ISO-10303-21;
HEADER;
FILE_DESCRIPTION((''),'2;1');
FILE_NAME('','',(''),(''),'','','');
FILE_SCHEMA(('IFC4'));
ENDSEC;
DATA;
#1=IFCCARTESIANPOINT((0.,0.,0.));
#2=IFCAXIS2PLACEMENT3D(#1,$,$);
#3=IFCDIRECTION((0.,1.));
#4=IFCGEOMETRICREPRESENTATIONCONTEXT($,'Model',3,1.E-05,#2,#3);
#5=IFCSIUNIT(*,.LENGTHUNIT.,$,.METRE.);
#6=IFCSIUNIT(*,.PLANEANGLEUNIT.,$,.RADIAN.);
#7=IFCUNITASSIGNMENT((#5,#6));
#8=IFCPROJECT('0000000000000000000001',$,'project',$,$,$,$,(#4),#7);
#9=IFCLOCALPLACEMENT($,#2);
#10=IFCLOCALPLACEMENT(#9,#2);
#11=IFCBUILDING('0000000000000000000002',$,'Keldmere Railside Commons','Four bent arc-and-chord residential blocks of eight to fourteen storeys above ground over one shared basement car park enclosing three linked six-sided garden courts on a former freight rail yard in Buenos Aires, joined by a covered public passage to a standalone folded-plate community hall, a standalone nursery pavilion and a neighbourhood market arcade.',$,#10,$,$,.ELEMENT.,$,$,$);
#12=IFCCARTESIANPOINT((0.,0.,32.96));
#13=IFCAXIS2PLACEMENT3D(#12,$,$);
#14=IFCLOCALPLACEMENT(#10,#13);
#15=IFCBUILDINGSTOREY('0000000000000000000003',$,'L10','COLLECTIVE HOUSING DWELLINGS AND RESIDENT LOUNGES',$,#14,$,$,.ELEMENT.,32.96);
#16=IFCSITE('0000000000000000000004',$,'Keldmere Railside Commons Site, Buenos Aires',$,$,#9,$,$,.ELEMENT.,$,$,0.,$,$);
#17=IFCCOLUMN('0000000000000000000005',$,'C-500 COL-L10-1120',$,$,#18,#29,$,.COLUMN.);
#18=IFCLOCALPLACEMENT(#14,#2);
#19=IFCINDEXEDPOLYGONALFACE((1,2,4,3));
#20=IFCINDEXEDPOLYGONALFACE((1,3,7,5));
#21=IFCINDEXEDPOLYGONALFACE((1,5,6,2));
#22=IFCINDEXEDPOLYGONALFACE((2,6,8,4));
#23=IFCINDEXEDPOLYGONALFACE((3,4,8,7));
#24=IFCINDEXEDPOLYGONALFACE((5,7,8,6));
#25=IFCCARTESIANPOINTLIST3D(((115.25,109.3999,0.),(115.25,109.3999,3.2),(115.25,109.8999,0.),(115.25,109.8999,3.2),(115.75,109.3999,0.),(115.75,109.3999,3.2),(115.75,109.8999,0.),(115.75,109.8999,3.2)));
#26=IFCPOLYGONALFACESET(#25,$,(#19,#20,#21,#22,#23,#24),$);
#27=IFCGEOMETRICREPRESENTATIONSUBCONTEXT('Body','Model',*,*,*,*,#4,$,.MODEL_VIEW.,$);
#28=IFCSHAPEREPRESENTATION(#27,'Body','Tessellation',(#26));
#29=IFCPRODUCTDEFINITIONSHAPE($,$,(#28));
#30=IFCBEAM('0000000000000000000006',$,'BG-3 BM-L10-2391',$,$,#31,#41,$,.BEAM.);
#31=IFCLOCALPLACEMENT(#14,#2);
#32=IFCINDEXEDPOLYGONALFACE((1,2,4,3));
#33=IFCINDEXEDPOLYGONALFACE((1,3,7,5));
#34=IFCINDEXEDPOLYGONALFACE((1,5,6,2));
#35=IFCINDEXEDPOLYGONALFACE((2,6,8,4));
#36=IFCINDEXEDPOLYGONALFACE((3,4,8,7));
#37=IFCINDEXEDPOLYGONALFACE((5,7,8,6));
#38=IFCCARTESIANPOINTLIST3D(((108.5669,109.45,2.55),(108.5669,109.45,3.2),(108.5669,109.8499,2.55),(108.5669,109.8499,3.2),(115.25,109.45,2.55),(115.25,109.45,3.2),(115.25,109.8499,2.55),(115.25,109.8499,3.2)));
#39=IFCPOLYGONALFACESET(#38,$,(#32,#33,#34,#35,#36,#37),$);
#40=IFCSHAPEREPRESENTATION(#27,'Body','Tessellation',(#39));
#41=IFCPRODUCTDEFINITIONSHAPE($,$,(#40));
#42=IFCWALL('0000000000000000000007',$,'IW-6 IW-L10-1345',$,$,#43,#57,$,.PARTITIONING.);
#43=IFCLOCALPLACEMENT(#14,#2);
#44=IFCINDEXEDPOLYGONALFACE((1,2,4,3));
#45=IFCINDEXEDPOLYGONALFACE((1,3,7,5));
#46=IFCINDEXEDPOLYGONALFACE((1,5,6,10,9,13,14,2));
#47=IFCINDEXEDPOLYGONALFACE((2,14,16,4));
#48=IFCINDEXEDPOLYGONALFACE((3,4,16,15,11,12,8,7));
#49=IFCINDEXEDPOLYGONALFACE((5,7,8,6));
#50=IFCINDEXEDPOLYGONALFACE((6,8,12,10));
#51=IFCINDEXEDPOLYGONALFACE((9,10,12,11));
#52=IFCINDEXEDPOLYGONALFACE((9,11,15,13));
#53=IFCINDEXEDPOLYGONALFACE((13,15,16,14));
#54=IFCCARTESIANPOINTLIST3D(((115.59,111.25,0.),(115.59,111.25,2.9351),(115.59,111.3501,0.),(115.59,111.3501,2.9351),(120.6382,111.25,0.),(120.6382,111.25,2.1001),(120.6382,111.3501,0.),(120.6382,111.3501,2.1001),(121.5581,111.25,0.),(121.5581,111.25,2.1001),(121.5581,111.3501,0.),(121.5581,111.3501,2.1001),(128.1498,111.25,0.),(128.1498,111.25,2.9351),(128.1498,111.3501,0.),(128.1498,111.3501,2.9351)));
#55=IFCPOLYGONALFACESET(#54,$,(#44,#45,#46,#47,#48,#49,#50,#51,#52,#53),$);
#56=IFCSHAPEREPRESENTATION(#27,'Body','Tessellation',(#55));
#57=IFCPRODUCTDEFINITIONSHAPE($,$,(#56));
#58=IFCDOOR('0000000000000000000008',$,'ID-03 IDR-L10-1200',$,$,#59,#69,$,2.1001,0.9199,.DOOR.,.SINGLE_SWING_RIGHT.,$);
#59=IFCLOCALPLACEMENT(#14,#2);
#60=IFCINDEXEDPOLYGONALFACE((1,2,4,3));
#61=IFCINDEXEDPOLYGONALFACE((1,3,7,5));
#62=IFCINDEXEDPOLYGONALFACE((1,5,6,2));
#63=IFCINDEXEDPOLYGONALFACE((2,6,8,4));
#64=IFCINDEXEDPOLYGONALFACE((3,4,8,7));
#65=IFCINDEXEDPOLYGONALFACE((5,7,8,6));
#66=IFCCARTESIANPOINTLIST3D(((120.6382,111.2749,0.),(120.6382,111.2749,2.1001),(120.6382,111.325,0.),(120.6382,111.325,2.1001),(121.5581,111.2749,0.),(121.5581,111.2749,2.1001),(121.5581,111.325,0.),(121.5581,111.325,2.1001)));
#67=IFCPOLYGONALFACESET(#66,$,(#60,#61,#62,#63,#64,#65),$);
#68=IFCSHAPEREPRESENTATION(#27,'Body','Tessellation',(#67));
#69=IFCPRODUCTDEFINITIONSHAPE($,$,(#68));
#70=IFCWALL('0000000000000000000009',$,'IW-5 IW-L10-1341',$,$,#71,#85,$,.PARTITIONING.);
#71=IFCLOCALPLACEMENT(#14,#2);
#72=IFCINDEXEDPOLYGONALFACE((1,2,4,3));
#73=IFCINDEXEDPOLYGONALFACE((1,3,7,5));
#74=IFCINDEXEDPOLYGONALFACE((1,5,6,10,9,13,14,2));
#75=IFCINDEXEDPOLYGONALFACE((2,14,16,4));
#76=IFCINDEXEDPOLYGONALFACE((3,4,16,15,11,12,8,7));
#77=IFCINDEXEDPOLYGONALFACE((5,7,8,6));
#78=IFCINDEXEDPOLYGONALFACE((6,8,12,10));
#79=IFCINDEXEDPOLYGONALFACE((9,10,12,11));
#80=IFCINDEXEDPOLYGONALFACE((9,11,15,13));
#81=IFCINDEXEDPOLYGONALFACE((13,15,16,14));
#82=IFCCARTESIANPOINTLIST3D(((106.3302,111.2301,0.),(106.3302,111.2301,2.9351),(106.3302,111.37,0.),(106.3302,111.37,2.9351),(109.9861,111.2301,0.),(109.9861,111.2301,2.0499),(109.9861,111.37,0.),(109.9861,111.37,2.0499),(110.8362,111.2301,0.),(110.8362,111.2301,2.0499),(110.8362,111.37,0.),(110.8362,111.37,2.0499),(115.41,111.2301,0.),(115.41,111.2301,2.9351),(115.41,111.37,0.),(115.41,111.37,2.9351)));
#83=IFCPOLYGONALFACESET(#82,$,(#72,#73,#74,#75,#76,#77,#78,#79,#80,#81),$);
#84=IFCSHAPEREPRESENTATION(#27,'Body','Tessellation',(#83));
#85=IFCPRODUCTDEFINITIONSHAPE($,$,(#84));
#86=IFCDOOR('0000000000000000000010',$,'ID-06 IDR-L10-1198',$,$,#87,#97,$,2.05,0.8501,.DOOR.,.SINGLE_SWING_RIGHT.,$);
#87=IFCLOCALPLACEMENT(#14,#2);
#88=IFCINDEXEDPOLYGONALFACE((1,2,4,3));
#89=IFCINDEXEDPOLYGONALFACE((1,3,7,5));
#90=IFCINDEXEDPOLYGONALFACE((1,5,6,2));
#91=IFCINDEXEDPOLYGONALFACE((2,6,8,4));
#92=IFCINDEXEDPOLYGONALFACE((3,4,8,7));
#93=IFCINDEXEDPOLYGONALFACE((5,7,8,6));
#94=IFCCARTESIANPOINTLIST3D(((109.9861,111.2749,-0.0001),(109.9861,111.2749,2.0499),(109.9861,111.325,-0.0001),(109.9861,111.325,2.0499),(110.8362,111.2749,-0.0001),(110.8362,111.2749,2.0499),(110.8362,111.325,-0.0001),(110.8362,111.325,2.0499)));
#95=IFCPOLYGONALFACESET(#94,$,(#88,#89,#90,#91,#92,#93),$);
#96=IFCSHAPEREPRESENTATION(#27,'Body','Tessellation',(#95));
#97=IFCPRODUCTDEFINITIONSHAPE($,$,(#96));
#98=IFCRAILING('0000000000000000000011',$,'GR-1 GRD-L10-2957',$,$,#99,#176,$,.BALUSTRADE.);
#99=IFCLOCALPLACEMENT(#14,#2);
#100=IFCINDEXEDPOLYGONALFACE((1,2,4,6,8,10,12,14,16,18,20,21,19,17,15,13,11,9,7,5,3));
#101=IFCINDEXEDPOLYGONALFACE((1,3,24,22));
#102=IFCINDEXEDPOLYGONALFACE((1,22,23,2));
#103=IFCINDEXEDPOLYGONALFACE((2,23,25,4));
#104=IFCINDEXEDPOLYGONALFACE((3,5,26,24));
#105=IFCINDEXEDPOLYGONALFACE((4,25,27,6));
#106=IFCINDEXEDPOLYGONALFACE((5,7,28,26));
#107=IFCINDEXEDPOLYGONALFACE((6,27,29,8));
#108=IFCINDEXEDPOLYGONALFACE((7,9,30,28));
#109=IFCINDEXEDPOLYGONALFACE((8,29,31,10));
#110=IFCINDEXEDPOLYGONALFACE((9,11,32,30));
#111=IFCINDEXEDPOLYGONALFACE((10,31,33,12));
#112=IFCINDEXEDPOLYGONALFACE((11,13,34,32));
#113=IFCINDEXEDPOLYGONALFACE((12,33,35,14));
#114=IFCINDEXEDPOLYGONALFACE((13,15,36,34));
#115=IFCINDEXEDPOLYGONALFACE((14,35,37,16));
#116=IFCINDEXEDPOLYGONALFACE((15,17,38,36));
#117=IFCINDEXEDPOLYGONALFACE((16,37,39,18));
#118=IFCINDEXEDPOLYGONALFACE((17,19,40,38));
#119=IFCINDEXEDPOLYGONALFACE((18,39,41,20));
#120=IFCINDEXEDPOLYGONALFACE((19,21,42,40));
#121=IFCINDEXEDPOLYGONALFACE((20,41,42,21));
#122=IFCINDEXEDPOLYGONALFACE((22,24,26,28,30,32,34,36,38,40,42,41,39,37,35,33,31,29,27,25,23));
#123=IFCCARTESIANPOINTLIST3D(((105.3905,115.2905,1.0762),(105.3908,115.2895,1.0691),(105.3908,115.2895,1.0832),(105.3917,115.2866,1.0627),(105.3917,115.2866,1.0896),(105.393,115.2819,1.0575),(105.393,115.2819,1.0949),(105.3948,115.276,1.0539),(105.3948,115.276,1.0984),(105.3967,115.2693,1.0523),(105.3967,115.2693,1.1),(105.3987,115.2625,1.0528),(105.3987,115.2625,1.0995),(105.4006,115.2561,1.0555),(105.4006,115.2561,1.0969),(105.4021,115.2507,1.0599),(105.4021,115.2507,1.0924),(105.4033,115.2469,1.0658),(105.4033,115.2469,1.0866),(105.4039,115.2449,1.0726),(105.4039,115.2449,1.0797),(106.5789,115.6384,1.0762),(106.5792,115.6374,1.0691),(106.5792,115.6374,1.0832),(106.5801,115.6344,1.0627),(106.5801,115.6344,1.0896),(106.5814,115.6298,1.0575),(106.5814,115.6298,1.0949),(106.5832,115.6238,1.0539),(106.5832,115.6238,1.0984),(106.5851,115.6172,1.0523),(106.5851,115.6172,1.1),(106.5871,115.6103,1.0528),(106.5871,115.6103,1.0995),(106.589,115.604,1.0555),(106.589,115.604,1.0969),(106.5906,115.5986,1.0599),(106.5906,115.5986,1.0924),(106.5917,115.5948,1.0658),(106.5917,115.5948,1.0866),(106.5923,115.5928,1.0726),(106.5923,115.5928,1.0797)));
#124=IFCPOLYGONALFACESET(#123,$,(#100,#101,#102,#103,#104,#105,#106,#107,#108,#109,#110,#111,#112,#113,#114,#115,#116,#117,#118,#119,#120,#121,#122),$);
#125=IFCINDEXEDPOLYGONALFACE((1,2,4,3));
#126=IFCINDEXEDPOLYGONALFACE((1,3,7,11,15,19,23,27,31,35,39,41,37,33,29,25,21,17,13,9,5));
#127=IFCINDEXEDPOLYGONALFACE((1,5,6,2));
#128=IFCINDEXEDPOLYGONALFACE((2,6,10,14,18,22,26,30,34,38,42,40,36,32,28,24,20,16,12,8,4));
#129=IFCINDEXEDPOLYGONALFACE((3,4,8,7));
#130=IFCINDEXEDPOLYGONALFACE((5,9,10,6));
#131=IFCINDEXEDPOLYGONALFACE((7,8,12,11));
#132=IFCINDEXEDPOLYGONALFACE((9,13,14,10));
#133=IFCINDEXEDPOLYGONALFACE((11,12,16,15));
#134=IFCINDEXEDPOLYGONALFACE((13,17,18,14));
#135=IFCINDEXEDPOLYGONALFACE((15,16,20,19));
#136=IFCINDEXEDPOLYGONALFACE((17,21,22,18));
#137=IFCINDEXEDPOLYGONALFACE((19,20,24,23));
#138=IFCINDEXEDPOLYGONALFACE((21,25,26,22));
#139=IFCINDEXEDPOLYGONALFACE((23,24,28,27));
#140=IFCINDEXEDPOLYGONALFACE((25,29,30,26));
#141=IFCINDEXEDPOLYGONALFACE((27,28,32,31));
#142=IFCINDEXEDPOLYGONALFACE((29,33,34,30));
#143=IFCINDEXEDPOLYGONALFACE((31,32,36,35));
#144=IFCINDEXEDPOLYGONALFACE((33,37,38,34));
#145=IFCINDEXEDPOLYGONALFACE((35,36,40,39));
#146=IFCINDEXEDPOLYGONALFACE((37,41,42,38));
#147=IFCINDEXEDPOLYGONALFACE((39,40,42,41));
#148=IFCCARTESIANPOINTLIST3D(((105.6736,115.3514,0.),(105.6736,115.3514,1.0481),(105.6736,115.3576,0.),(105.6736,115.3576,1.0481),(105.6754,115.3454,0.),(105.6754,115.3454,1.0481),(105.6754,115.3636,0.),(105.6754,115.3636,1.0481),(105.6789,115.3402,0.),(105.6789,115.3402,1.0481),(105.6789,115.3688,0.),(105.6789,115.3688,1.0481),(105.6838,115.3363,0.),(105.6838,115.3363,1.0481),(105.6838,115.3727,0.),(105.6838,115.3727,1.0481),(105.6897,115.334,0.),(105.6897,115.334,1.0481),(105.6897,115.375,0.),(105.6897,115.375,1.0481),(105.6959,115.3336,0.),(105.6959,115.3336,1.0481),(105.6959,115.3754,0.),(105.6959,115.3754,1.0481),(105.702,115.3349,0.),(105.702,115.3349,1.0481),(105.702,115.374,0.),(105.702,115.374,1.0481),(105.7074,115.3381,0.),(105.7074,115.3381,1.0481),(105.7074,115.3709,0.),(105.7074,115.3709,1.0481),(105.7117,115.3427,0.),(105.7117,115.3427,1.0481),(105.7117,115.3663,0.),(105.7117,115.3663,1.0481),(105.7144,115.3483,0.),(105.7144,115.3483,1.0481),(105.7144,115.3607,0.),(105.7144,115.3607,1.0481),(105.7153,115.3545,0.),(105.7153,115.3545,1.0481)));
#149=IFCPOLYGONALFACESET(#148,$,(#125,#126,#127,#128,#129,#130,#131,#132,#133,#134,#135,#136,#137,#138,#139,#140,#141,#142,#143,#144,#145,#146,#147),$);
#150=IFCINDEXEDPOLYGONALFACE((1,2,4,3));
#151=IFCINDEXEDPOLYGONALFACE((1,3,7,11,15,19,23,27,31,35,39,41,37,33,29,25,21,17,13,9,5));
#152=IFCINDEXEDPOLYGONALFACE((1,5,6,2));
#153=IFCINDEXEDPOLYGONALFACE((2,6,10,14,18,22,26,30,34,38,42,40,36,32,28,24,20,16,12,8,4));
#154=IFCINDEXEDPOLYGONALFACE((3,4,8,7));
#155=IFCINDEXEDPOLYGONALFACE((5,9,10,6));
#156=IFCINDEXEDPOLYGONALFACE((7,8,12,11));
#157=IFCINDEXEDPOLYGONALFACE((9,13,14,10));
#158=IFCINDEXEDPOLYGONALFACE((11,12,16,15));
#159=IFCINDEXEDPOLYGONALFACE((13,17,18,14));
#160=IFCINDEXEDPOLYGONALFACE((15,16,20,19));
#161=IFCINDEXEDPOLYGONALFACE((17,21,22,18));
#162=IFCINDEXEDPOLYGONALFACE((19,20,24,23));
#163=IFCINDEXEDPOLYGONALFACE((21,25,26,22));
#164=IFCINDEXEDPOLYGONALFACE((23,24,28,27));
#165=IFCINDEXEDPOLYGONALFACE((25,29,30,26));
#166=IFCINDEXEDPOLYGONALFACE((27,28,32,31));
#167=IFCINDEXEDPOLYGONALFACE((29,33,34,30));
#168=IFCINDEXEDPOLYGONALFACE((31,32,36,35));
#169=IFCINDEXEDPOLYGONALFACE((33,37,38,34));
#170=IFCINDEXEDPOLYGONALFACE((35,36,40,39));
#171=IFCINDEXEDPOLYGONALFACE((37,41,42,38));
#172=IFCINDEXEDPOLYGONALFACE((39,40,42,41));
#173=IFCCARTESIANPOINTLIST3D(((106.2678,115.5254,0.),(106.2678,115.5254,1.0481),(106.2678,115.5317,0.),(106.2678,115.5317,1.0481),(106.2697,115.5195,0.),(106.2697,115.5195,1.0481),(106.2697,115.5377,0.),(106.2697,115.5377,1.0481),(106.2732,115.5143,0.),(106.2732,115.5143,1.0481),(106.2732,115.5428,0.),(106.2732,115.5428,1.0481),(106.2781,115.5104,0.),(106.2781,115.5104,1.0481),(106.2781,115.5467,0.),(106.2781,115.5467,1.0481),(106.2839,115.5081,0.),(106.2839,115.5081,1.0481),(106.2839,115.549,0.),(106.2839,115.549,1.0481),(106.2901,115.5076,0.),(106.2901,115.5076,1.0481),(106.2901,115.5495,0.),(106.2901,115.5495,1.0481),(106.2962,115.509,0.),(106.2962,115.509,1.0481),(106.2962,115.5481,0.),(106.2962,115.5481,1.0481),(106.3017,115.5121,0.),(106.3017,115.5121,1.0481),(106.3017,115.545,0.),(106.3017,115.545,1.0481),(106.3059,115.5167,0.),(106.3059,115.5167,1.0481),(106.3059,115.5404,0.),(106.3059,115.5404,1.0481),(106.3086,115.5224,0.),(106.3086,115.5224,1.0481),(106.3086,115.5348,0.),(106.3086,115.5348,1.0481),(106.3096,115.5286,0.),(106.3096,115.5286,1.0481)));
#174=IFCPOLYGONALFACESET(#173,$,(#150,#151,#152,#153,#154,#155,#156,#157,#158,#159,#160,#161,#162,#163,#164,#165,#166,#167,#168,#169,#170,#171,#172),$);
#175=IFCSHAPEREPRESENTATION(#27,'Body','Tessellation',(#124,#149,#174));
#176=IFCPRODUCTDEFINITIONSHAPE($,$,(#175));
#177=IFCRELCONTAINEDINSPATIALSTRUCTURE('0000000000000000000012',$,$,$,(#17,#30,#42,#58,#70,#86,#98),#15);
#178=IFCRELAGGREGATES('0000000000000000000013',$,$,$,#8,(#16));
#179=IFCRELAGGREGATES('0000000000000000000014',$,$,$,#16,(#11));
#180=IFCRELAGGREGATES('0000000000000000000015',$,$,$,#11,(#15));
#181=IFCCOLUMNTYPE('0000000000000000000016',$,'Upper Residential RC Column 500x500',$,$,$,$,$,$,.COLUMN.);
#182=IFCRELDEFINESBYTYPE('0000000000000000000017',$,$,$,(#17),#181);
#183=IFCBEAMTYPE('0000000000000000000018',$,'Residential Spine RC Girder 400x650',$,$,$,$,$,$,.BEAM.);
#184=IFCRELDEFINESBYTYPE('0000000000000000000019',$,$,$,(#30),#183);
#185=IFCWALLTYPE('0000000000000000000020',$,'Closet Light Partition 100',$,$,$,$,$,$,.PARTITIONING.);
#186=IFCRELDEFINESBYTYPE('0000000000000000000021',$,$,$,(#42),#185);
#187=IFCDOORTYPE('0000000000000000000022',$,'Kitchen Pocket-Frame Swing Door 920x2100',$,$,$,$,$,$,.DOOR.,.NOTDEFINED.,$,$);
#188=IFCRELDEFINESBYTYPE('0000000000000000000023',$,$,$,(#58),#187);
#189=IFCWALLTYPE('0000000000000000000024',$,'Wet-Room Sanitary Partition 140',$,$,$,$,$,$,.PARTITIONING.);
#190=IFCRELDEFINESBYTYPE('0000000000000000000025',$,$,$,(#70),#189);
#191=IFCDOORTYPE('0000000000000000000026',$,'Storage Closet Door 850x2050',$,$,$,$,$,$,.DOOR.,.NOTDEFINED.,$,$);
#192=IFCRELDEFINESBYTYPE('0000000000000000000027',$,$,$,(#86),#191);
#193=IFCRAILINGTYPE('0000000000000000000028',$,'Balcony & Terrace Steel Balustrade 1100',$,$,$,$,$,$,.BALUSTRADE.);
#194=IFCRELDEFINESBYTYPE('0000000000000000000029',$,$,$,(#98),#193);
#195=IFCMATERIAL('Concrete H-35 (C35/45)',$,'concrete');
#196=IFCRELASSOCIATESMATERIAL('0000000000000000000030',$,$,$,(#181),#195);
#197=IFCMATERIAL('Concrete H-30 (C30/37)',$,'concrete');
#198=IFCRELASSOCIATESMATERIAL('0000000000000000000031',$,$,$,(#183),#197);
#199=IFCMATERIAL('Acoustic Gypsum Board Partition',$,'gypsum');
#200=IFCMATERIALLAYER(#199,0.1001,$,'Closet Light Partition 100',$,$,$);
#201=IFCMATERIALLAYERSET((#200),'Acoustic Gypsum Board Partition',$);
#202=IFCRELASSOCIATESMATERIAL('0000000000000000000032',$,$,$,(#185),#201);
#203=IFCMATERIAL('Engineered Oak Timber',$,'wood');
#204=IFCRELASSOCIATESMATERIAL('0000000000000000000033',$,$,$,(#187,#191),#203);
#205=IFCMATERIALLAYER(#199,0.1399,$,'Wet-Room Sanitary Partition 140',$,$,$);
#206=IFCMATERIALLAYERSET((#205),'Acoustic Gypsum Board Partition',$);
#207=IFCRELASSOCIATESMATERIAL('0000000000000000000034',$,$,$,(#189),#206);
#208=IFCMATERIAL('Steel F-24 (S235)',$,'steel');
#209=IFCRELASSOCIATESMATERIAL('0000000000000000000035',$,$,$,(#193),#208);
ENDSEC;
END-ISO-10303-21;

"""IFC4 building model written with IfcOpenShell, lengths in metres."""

from ifc_helpers import new_model, si_unit, direction, frame, frame_2d, origin, origin_2d, place, context, subcontext, project, spatial, rectangle, circle, extrude, material, layer, layer_set, material_profile, profile_set, type_object, element, fill, save


model = new_model("IFC4")

# Units and contexts
model_context = context("Model", 3, precision=1e-05, world=origin(), true_north=direction((0.0, 1.0)))
body_context = subcontext(model_context, "Body", "Model", "MODEL_VIEW")
ifc_project = project(units=[si_unit("LENGTHUNIT", "METRE"), si_unit("PLANEANGLEUNIT", "RADIAN")], contexts=[model_context])

# Site, building, storey
site_placement = place(None, origin())
site = spatial("IfcSite", under=ifc_project, at=site_placement, Name="Keldmere Railside Commons Site, Buenos Aires", CompositionType="ELEMENT", RefElevation=0.0)
building_placement = place(site_placement, origin())
building = spatial("IfcBuilding", under=site, at=building_placement, Name="Keldmere Railside Commons", Description="Four bent arc-and-chord residential blocks of eight to fourteen storeys above ground over one shared basement car park enclosing three linked six-sided garden courts on a former freight rail yard in Buenos Aires, joined by a covered public passage to a standalone folded-plate community hall, a standalone nursery pavilion and a neighbourhood market arcade.", CompositionType="ELEMENT")
storey_placement = place(building_placement, frame((0.0, 0.0, 32.96)))
storey = spatial("IfcBuildingStorey", under=building, at=storey_placement, Name="L10", Description="COLLECTIVE HOUSING DWELLINGS AND RESIDENT LOUNGES", CompositionType="ELEMENT", Elevation=32.96)

# Column
ifc_material_1 = material(Name="Concrete H-35 (C35/45)", Category="concrete")
ifc_material_profile_1 = material_profile(ifc_material_1, rectangle(XDim=0.5, YDim=0.5, at=origin_2d()), Name="RC-500x500")
ifc_profile_set_1 = profile_set([ifc_material_profile_1], Name="Concrete H-35 (C35/45)")
column_type = type_object("IfcColumnType", Name="Upper Residential RC Column 500x500", PredefinedType="COLUMN", material=ifc_profile_set_1)
column_placement = place(storey_placement, frame((115.5, 109.6499, 0.0), z_axis=(0.0, 0.0, 1.0), x_axis=(1.0, 0.0, 0.0)))
element("IfcColumn", 1, at=column_placement, inside=storey, type_object=column_type, Name="C-500 COL-L10-1120", PredefinedType="COLUMN", context=body_context, shape_type="SweptSolid", body=[
    extrude(rectangle(XDim=0.5, YDim=0.5, at=origin_2d()), origin(), (0.0, 0.0, 1.0), 3.2),
])

# Beam
ifc_material_2 = material(Name="Concrete H-30 (C30/37)", Category="concrete")
ifc_material_profile_2 = material_profile(ifc_material_2, rectangle(XDim=0.3999, YDim=0.6499, at=origin_2d()), Name="RC-400x650")
ifc_profile_set_2 = profile_set([ifc_material_profile_2], Name="Concrete H-30 (C30/37)")
beam_type = type_object("IfcBeamType", Name="Residential Spine RC Girder 400x650", PredefinedType="BEAM", material=ifc_profile_set_2)
beam_placement = place(storey_placement, frame((108.5669, 109.6499, 2.875), z_axis=(1.0, 0.0, 0.0), x_axis=(0.0, 1.0, 0.0)))
element("IfcBeam", 2, at=beam_placement, inside=storey, type_object=beam_type, Name="BG-3 BM-L10-2391", PredefinedType="BEAM", context=body_context, shape_type="SweptSolid", body=[
    extrude(rectangle(XDim=0.3999, YDim=0.6499, at=origin_2d()), origin(), (0.0, 0.0, 1.0), 6.6831),
])

# Walls, openings, doors
ifc_material_3 = material(Name="Acoustic Gypsum Board Partition", Category="gypsum")
ifc_layer_1 = layer(ifc_material_3, 0.1001, Name="Closet Light Partition 100")
ifc_layer_set_1 = layer_set([ifc_layer_1], Name="Acoustic Gypsum Board Partition")
wall_type_1 = type_object("IfcWallType", Name="Closet Light Partition 100", PredefinedType="PARTITIONING", material=ifc_layer_set_1)
wall_1_placement = place(storey_placement, frame((115.5901, 111.3, 0.0), z_axis=(0.0, 0.0, 1.0), x_axis=(1.0, 0.0, 0.0)))
wall_1 = element("IfcWall", 3, at=wall_1_placement, inside=storey, type_object=wall_type_1, Name="IW-6 IW-L10-1345", PredefinedType="PARTITIONING", context=body_context, shape_type="SweptSolid", body=[
    extrude(rectangle(XDim=12.5598, YDim=0.1001, at=frame_2d((6.2798, 0.0))), origin(), (0.0, 0.0, 1.0), 2.9351),
])
opening_1_placement = place(wall_1_placement, frame((5.0481, 0.0, 0.0)))
opening_1 = element("IfcOpeningElement", 4, at=opening_1_placement, cuts=wall_1, PredefinedType="OPENING", context=body_context, shape_type="SweptSolid", body=[
    extrude(rectangle(XDim=0.9199, YDim=2.1001, at=frame_2d((0.46, 1.05))), frame((0.0, 0.0601, 0.0), z_axis=(0.0, -1.0, 0.0), x_axis=(1.0, 0.0, 0.0)), (0.0, 0.0, 1.0), 0.1201),
])
ifc_material_4 = material(Name="Engineered Oak Timber", Category="wood")
door_type_1 = type_object("IfcDoorType", Name="Kitchen Pocket-Frame Swing Door 920x2100", OperationType="NOTDEFINED", PredefinedType="DOOR", material=ifc_material_4)
door_1_placement = place(opening_1_placement, origin())
door_1 = element("IfcDoor", 5, at=door_1_placement, inside=storey, type_object=door_type_1, Name="ID-03 IDR-L10-1200", OperationType="SINGLE_SWING_RIGHT", OverallHeight=2.1001, OverallWidth=0.9199, PredefinedType="DOOR", context=body_context, shape_type="SweptSolid", body=[
    extrude(rectangle(XDim=0.9199, YDim=2.1001, at=frame_2d((0.46, 1.05))), frame((0.0, 0.0249, 0.0), z_axis=(0.0, -1.0, 0.0), x_axis=(1.0, 0.0, 0.0)), (0.0, 0.0, 1.0), 0.05),
])
fill(opening_1, door_1)
ifc_layer_2 = layer(ifc_material_3, 0.1399, Name="Wet-Room Sanitary Partition 140")
ifc_layer_set_2 = layer_set([ifc_layer_2], Name="Acoustic Gypsum Board Partition")
wall_type_2 = type_object("IfcWallType", Name="Wet-Room Sanitary Partition 140", PredefinedType="PARTITIONING", material=ifc_layer_set_2)
wall_2_placement = place(storey_placement, frame((106.3301, 111.3, 0.0), z_axis=(0.0, 0.0, 1.0), x_axis=(1.0, 0.0, 0.0)))
wall_2 = element("IfcWall", 6, at=wall_2_placement, inside=storey, type_object=wall_type_2, Name="IW-5 IW-L10-1341", PredefinedType="PARTITIONING", context=body_context, shape_type="SweptSolid", body=[
    extrude(rectangle(XDim=9.0798, YDim=0.1399, at=frame_2d((4.54, 0.0))), origin(), (0.0, 0.0, 1.0), 2.9351),
])
opening_2_placement = place(wall_2_placement, frame((3.656, 0.0, 0.0)))
opening_2 = element("IfcOpeningElement", 7, at=opening_2_placement, cuts=wall_2, PredefinedType="OPENING", context=body_context, shape_type="SweptSolid", body=[
    extrude(rectangle(XDim=0.8501, YDim=2.05, at=frame_2d((0.425, 1.0249))), frame((0.0, 0.0798, 0.0), z_axis=(0.0, -1.0, 0.0), x_axis=(1.0, 0.0, 0.0)), (0.0, 0.0, 1.0), 0.1599),
])
door_type_2 = type_object("IfcDoorType", Name="Storage Closet Door 850x2050", OperationType="NOTDEFINED", PredefinedType="DOOR", material=ifc_material_4)
door_2_placement = place(opening_2_placement, origin())
door_2 = element("IfcDoor", 8, at=door_2_placement, inside=storey, type_object=door_type_2, Name="ID-06 IDR-L10-1198", OperationType="SINGLE_SWING_RIGHT", OverallHeight=2.05, OverallWidth=0.8501, PredefinedType="DOOR", context=body_context, shape_type="SweptSolid", body=[
    extrude(rectangle(XDim=0.8501, YDim=2.05, at=frame_2d((0.425, 1.0249))), frame((0.0, 0.0249, 0.0), z_axis=(0.0, -1.0, 0.0), x_axis=(1.0, 0.0, 0.0)), (0.0, 0.0, 1.0), 0.05),
])
fill(opening_2, door_2)

# Railing
ifc_material_5 = material(Name="Steel F-24 (S235)", Category="steel")
railing_type = type_object("IfcRailingType", Name="Balcony & Terrace Steel Balustrade 1100", PredefinedType="BALUSTRADE", material=ifc_material_5)
railing_1_placement = place(storey_placement, frame((105.3972, 115.2676, 0.0)))
element("IfcRailing", 9, at=railing_1_placement, inside=storey, type_object=railing_type, Name="GR-1 GRD-L10-2957", PredefinedType="BALUSTRADE", context=body_context, shape_type="SweptSolid", body=[
    extrude(circle(Radius=0.0239, at=origin_2d()), frame((0.0, 0.0, 1.0762), z_axis=(0.959726, 0.280939, 0.0), x_axis=(-0.280939, 0.959726, 0.0)), (0.0, 0.0, 1.0), 1.2383),
    extrude(circle(Radius=0.021, at=origin_2d()), frame((0.2971, 0.0869, 0.0)), (0.0, 0.0, 1.0), 1.0481),
    extrude(circle(Radius=0.021, at=origin_2d()), frame((0.8914, 0.261, 0.0)), (0.0, 0.0, 1.0), 1.0481),
])

save(model, "model.ifc")
